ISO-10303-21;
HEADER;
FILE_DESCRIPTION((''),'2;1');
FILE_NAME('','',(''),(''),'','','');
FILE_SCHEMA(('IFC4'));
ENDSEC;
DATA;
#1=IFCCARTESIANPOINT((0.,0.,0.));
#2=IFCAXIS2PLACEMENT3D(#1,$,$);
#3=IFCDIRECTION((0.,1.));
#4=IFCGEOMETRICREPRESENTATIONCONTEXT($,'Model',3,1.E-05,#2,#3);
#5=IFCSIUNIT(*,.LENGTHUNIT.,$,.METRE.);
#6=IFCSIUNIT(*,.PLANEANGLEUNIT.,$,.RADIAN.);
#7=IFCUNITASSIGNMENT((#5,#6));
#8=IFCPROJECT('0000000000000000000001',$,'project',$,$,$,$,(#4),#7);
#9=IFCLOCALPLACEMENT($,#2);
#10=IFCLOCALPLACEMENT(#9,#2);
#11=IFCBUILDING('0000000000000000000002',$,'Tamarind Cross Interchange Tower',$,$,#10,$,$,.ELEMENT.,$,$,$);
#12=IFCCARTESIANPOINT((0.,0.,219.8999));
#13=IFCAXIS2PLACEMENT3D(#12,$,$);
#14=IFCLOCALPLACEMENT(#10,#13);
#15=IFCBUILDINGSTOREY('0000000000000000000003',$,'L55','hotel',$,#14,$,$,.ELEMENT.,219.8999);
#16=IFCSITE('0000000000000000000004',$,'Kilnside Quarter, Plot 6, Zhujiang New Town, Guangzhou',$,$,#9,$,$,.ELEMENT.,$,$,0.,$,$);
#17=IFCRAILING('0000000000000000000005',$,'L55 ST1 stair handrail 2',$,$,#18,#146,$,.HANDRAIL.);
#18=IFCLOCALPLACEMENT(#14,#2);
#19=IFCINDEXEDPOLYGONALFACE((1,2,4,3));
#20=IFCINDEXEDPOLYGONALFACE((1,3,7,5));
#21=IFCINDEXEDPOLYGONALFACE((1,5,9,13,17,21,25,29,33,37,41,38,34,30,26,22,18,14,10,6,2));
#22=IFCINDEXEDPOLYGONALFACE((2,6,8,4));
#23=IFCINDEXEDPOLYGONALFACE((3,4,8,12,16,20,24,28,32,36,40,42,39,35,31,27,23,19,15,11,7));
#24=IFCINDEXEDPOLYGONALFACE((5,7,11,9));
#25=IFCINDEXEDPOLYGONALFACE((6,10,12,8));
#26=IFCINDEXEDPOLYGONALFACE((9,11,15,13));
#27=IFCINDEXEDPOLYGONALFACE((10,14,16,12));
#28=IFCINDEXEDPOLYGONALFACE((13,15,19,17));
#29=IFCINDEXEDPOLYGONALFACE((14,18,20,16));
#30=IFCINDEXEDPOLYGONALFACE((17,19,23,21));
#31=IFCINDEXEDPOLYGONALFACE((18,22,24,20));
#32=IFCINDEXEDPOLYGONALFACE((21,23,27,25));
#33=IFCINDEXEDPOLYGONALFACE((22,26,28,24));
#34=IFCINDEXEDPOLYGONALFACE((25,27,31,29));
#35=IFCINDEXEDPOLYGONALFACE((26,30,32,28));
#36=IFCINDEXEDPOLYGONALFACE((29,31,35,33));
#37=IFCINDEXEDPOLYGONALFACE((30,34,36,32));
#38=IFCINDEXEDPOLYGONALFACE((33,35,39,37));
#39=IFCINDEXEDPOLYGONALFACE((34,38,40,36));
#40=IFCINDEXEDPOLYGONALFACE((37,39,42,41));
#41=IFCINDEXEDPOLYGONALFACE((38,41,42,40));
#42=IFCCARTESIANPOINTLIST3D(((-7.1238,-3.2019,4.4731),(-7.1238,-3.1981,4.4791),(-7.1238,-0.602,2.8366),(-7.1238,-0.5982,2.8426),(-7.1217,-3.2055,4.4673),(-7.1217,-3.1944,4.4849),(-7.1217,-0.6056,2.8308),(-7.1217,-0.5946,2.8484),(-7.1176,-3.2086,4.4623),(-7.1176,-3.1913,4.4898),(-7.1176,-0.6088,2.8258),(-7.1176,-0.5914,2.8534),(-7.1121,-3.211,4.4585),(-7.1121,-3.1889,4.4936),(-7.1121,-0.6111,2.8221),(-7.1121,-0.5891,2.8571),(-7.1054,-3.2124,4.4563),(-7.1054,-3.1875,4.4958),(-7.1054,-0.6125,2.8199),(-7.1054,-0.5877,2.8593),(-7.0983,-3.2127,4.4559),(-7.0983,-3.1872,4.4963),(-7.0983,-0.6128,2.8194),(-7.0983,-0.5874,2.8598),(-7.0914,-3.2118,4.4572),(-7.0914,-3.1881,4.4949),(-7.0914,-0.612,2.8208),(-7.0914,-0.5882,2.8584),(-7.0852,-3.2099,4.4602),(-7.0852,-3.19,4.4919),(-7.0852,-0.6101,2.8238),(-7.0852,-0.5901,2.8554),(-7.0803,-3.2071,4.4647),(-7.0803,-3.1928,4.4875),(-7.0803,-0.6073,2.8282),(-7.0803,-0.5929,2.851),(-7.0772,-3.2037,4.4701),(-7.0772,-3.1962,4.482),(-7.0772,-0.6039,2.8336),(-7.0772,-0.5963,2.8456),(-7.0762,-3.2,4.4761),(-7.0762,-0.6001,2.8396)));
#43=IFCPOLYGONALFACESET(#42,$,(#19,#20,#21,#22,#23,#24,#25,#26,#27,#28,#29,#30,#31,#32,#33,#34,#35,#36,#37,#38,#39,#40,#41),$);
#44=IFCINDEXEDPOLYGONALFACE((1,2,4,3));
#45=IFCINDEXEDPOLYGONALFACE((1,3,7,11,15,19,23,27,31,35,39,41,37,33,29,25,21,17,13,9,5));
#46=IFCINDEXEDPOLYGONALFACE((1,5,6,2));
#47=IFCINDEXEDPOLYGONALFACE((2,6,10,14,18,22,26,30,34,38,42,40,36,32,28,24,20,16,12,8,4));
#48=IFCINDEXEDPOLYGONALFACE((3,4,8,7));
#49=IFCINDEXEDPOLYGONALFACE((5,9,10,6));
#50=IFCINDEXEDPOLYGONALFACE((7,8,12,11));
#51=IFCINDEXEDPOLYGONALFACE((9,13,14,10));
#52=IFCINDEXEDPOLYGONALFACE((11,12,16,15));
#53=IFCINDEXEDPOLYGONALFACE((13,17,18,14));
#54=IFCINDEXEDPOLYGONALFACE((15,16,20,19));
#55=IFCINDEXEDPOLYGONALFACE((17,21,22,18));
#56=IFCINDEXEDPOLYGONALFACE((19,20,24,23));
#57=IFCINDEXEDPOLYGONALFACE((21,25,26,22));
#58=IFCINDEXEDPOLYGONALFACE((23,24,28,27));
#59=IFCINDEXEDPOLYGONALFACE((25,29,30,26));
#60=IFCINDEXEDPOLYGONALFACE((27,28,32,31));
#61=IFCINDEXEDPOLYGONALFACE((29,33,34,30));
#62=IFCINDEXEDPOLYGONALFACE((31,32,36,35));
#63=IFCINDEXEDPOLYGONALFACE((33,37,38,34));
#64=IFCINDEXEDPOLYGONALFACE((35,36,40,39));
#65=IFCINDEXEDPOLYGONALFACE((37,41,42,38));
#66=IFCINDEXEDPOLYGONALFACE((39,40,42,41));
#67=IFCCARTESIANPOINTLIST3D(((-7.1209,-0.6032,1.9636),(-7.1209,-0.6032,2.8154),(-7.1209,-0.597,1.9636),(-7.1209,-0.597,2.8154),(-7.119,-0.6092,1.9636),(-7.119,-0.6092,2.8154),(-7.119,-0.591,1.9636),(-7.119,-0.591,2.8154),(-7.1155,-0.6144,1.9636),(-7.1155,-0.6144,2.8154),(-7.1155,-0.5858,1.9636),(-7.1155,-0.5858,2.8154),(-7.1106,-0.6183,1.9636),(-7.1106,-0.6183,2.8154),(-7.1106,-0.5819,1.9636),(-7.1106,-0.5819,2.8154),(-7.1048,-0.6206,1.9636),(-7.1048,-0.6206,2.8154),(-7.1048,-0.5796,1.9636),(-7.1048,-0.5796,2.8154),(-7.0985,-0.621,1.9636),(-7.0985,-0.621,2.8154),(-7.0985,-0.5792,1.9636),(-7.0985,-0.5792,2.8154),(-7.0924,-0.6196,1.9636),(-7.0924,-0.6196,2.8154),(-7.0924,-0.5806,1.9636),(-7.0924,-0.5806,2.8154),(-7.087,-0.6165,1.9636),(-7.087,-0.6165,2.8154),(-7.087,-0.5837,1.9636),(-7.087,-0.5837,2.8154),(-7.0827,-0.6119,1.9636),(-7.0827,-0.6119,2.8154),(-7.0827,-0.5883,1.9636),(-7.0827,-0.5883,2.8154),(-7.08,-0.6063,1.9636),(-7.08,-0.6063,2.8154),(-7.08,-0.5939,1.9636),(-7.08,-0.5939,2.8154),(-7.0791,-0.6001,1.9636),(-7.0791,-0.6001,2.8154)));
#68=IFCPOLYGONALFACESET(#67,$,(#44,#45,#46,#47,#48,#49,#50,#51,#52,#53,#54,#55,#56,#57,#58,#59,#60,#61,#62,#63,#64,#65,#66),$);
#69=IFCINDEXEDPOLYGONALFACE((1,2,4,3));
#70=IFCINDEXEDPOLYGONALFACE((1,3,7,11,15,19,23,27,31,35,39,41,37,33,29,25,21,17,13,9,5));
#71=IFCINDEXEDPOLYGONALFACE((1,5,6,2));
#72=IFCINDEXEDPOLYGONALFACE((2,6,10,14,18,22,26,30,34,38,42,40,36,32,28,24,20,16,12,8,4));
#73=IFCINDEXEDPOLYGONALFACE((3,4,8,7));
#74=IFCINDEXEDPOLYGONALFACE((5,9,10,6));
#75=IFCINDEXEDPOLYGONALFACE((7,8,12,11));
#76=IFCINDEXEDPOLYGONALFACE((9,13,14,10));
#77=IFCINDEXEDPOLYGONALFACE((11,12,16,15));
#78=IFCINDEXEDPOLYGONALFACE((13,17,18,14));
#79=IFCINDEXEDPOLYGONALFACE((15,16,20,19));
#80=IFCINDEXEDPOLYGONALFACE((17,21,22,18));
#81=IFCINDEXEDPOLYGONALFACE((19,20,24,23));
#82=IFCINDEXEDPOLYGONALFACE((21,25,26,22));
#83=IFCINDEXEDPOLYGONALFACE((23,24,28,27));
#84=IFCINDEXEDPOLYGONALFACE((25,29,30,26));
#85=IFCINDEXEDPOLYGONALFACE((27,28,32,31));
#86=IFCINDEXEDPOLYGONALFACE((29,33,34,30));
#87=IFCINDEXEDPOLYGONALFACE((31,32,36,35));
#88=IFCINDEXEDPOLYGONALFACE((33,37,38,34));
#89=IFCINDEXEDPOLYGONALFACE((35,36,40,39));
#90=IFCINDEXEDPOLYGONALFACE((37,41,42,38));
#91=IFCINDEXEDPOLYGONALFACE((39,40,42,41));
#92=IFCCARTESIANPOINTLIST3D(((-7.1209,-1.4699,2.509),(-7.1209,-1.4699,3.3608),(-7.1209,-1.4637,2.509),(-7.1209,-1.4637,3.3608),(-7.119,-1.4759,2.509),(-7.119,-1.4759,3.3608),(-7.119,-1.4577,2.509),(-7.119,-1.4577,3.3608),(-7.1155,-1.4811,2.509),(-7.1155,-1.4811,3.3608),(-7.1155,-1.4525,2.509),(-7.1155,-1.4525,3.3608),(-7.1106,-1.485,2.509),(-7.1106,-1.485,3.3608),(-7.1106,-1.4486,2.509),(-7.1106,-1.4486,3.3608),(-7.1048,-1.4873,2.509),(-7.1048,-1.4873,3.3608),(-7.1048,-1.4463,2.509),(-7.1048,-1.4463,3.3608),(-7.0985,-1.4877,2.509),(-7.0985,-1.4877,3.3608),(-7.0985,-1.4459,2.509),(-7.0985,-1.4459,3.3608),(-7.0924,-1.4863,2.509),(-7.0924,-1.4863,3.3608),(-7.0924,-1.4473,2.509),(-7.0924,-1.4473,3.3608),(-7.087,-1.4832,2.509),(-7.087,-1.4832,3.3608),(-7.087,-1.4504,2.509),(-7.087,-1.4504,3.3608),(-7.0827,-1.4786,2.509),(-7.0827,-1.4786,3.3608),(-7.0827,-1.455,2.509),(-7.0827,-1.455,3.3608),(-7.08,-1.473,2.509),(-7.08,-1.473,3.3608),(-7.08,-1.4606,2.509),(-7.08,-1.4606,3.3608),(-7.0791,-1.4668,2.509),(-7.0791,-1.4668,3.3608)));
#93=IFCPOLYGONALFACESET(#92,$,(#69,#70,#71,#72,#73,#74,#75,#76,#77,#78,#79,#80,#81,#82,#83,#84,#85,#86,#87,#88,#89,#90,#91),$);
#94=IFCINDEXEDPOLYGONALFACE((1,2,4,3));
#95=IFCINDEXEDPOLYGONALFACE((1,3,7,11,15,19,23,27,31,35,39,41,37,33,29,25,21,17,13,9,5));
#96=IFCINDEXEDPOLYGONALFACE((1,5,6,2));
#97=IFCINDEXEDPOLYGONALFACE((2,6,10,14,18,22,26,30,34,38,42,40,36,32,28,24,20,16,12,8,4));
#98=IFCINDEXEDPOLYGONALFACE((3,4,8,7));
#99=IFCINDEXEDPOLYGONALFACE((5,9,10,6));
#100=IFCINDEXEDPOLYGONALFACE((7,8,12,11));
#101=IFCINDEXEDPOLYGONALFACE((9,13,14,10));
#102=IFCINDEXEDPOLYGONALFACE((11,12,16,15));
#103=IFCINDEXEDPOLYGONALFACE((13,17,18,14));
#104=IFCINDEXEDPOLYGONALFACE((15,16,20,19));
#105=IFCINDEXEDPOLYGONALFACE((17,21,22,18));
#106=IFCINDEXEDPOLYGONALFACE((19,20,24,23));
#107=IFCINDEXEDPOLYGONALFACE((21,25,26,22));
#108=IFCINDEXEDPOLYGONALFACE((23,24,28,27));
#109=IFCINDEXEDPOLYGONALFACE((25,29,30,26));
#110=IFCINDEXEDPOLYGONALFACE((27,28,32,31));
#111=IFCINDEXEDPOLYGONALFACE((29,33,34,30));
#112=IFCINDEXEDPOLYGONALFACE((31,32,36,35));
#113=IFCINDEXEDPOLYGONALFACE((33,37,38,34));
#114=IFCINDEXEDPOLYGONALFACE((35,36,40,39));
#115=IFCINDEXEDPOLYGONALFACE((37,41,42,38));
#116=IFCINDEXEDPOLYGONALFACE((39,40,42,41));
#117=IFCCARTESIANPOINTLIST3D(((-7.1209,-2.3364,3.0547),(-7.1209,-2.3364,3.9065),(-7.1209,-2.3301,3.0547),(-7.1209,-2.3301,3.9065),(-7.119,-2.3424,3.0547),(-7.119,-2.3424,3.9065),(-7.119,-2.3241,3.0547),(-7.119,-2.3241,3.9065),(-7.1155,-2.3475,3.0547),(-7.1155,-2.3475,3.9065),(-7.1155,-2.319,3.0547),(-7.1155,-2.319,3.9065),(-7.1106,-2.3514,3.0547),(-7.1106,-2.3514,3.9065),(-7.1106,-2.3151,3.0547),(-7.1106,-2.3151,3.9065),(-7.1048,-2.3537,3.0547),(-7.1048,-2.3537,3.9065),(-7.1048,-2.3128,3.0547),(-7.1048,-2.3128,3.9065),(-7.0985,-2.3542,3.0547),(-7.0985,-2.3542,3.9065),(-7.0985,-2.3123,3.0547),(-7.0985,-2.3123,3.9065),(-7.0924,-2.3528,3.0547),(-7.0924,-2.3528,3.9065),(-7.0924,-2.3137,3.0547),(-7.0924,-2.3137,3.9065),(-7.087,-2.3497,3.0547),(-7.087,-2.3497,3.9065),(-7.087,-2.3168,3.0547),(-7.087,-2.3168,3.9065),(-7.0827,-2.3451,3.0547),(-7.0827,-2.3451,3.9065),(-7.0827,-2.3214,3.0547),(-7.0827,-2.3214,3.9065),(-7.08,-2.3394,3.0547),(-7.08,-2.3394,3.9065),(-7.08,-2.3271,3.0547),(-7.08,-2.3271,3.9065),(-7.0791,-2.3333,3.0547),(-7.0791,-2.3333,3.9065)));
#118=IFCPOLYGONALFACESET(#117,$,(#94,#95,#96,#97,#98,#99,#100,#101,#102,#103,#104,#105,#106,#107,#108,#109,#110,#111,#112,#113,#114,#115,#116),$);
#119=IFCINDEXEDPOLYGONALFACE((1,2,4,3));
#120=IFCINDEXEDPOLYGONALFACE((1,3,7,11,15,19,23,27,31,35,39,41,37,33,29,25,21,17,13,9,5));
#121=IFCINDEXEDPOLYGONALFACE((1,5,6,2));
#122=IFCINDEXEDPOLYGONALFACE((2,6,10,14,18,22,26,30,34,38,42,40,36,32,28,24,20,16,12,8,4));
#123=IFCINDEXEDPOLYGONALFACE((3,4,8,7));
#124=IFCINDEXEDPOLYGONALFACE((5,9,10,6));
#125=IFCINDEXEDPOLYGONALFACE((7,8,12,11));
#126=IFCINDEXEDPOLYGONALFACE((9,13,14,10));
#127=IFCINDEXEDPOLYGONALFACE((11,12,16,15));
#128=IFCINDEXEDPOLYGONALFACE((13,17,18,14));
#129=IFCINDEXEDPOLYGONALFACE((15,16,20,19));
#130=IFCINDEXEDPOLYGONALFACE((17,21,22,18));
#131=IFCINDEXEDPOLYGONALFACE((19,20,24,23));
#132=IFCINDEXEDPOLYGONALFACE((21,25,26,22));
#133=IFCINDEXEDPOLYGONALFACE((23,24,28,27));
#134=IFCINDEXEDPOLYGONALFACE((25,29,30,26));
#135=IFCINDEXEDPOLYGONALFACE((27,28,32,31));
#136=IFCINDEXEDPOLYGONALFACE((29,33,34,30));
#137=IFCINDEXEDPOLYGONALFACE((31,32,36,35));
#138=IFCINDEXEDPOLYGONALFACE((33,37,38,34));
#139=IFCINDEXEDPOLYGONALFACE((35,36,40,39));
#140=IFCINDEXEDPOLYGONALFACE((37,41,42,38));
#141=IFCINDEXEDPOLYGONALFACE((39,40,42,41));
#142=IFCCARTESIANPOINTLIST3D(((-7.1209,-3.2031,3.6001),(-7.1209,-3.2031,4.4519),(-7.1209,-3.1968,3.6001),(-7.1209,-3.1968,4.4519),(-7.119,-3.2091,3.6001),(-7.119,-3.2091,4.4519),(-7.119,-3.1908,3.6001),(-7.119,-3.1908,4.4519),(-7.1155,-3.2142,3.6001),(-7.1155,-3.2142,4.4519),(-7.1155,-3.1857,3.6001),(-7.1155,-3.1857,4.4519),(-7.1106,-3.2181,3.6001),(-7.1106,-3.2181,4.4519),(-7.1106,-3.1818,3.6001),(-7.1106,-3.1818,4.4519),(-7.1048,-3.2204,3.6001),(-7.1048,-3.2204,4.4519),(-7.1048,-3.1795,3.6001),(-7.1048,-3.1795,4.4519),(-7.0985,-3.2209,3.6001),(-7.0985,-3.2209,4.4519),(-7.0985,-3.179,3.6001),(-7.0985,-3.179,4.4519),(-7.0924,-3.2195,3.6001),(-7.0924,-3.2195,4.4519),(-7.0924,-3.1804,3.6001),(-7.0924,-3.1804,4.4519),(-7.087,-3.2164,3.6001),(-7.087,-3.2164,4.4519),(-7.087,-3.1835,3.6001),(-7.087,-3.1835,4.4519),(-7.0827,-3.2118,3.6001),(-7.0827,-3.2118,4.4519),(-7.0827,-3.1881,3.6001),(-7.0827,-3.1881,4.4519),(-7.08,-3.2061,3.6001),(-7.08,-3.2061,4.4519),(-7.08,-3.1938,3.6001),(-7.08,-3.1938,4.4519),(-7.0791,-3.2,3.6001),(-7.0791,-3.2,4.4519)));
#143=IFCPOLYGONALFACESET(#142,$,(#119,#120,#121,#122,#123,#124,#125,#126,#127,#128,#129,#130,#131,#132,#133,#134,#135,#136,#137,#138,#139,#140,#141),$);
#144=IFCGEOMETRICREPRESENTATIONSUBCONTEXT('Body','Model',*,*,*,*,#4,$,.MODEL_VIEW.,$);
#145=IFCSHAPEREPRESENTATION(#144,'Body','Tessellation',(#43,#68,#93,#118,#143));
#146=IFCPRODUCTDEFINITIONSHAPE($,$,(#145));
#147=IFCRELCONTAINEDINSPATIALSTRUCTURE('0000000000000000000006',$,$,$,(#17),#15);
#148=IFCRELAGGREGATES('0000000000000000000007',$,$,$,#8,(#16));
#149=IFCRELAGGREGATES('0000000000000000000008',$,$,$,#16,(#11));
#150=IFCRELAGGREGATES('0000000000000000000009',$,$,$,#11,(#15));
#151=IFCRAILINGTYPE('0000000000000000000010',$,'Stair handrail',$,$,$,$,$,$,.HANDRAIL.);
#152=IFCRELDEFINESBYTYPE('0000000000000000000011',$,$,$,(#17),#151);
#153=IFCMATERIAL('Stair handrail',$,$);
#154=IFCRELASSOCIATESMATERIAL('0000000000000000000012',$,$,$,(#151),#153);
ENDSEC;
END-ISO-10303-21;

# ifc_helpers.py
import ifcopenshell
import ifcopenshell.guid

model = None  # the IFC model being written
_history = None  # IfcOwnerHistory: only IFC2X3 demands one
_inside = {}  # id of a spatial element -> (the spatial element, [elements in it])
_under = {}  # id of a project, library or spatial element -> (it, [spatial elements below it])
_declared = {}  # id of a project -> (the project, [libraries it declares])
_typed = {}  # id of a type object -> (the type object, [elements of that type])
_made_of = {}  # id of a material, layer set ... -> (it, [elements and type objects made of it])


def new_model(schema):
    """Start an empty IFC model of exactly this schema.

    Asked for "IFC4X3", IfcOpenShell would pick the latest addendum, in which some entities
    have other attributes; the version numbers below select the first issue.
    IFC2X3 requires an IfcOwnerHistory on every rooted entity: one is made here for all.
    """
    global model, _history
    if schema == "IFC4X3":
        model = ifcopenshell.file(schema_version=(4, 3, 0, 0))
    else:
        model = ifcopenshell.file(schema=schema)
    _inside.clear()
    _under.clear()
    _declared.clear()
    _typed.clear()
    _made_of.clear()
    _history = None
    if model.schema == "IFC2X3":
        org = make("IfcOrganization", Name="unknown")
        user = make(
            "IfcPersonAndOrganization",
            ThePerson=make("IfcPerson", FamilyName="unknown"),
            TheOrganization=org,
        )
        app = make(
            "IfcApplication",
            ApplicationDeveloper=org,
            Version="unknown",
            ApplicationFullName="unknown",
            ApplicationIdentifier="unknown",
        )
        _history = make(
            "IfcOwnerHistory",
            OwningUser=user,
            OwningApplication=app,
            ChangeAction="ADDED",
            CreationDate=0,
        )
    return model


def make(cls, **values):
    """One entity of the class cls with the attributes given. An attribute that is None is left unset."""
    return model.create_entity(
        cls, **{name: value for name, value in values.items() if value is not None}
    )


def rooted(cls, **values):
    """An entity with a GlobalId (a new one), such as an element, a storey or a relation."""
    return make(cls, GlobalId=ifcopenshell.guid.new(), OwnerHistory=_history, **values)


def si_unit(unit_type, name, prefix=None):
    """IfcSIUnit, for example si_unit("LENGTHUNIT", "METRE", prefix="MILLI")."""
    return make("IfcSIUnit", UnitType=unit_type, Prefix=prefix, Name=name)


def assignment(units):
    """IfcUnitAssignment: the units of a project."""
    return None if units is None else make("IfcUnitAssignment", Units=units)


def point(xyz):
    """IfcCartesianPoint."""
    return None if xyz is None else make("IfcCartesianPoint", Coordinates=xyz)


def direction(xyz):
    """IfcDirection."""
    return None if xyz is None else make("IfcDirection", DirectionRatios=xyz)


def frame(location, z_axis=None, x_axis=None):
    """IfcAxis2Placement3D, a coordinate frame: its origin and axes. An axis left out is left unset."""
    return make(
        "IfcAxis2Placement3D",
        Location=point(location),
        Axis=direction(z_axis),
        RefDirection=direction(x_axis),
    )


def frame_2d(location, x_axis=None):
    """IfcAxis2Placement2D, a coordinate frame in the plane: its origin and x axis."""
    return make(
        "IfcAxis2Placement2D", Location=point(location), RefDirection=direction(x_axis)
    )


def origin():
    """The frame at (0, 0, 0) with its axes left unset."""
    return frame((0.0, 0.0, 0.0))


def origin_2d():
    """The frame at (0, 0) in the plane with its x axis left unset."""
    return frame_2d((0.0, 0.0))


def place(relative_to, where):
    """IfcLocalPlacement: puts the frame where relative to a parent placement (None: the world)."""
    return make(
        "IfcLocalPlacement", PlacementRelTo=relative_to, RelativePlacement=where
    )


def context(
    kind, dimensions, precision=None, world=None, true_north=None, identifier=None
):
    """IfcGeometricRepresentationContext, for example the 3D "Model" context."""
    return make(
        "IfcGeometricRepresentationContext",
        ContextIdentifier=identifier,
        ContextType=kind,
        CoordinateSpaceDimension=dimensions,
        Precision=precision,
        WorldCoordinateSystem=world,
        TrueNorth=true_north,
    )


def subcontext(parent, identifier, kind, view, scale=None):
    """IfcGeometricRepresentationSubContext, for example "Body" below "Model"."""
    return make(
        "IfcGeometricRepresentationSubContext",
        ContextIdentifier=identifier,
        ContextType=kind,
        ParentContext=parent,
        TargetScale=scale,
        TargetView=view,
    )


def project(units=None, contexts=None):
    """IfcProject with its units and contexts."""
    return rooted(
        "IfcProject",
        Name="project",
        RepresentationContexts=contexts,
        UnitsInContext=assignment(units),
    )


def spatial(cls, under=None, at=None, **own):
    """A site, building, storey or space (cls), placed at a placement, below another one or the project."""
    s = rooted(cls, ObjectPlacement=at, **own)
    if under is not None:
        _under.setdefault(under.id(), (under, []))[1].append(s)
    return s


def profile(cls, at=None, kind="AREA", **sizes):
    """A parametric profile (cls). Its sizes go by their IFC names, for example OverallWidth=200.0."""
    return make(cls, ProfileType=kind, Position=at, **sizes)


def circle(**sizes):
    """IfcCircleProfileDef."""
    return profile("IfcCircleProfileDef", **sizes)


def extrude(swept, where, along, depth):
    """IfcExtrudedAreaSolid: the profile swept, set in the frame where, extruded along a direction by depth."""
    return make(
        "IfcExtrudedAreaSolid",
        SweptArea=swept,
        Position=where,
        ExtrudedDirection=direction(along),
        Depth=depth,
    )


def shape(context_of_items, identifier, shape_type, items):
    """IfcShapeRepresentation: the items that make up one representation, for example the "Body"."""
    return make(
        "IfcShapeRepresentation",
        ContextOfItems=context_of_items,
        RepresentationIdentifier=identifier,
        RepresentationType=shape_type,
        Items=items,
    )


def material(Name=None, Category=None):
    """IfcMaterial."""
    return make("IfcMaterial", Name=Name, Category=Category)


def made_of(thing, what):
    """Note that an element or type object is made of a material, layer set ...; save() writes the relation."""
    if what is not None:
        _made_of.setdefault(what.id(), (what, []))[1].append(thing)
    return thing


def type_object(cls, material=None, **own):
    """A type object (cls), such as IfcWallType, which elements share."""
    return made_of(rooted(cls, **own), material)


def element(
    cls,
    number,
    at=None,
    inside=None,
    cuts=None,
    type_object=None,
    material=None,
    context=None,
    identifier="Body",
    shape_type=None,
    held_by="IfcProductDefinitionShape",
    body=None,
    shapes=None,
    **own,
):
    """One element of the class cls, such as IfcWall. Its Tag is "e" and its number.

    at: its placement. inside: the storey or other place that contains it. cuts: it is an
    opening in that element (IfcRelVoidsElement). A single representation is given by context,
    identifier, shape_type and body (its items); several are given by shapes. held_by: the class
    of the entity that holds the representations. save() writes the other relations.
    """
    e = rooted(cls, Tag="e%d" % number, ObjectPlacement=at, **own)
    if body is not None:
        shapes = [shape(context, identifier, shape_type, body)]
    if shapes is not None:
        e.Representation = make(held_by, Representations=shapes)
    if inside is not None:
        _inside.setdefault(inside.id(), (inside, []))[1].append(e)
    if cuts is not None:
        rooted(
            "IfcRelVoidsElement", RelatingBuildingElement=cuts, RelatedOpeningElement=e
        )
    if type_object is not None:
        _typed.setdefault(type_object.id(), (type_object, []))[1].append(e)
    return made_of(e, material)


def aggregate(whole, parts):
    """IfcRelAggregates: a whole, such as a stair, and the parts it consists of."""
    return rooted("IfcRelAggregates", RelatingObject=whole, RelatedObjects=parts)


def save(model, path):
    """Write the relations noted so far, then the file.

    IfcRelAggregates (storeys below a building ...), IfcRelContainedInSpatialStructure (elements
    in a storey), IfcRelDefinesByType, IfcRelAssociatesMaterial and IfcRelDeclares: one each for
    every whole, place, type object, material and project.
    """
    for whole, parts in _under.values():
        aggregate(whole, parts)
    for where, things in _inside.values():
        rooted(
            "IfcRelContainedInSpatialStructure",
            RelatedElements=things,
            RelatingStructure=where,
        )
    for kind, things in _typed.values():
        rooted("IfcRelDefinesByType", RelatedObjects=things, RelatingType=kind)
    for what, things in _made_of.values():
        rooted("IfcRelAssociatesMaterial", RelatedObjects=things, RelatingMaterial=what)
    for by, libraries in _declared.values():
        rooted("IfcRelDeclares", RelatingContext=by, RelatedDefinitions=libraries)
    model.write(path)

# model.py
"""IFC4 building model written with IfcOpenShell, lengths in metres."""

from ifc_helpers import new_model, si_unit, direction, frame, origin, origin_2d, place, context, subcontext, project, spatial, circle, extrude, material, type_object, element, save


model = new_model("IFC4")

# Units and contexts
model_context = context("Model", 3, precision=1e-05, world=origin(), true_north=direction((0.0, 1.0)))
body_context = subcontext(model_context, "Body", "Model", "MODEL_VIEW")
ifc_project = project(units=[si_unit("LENGTHUNIT", "METRE"), si_unit("PLANEANGLEUNIT", "RADIAN")], contexts=[model_context])

# Site, building, storey
site_placement = place(None, origin())
site = spatial("IfcSite", under=ifc_project, at=site_placement, Name="Kilnside Quarter, Plot 6, Zhujiang New Town, Guangzhou", CompositionType="ELEMENT", RefElevation=0.0)
building_placement = place(site_placement, origin())
building = spatial("IfcBuilding", under=site, at=building_placement, Name="Tamarind Cross Interchange Tower", CompositionType="ELEMENT")
storey_placement = place(building_placement, frame((0.0, 0.0, 219.8999)))
storey = spatial("IfcBuildingStorey", under=building, at=storey_placement, Name="L55", Description="hotel", CompositionType="ELEMENT", Elevation=219.8999)

# Railing
ifc_material_1 = material(Name="Stair handrail")
railing_type_1 = type_object("IfcRailingType", Name="Stair handrail", PredefinedType="HANDRAIL", material=ifc_material_1)
railing_1_placement = place(storey_placement, frame((-7.1001, -0.6001, 1.9636)))
element("IfcRailing", 1, at=railing_1_placement, inside=storey, type_object=railing_type_1, Name="L55 ST1 stair handrail 2", PredefinedType="HANDRAIL", context=body_context, shape_type="SweptSolid", body=[
    extrude(circle(Radius=0.0239, at=origin_2d()), frame((0.0, 0.0, 0.876), z_axis=(0.0, -0.846302, 0.532704), x_axis=(1.0, 0.0, 0.0)), (0.0, 0.0, 1.0), 3.072),
    extrude(circle(Radius=0.021, at=origin_2d()), origin(), (0.0, 0.0, 1.0), 0.8518),
    extrude(circle(Radius=0.021, at=origin_2d()), frame((0.0, -0.8667, 0.5454)), (0.0, 0.0, 1.0), 0.8518),
    extrude(circle(Radius=0.021, at=origin_2d()), frame((0.0, -1.7332, 1.0911)), (0.0, 0.0, 1.0), 0.8518),
    extrude(circle(Radius=0.021, at=origin_2d()), frame((0.0, -2.5999, 1.6365)), (0.0, 0.0, 1.0), 0.8518),
])

save(model, "model.ifc")
